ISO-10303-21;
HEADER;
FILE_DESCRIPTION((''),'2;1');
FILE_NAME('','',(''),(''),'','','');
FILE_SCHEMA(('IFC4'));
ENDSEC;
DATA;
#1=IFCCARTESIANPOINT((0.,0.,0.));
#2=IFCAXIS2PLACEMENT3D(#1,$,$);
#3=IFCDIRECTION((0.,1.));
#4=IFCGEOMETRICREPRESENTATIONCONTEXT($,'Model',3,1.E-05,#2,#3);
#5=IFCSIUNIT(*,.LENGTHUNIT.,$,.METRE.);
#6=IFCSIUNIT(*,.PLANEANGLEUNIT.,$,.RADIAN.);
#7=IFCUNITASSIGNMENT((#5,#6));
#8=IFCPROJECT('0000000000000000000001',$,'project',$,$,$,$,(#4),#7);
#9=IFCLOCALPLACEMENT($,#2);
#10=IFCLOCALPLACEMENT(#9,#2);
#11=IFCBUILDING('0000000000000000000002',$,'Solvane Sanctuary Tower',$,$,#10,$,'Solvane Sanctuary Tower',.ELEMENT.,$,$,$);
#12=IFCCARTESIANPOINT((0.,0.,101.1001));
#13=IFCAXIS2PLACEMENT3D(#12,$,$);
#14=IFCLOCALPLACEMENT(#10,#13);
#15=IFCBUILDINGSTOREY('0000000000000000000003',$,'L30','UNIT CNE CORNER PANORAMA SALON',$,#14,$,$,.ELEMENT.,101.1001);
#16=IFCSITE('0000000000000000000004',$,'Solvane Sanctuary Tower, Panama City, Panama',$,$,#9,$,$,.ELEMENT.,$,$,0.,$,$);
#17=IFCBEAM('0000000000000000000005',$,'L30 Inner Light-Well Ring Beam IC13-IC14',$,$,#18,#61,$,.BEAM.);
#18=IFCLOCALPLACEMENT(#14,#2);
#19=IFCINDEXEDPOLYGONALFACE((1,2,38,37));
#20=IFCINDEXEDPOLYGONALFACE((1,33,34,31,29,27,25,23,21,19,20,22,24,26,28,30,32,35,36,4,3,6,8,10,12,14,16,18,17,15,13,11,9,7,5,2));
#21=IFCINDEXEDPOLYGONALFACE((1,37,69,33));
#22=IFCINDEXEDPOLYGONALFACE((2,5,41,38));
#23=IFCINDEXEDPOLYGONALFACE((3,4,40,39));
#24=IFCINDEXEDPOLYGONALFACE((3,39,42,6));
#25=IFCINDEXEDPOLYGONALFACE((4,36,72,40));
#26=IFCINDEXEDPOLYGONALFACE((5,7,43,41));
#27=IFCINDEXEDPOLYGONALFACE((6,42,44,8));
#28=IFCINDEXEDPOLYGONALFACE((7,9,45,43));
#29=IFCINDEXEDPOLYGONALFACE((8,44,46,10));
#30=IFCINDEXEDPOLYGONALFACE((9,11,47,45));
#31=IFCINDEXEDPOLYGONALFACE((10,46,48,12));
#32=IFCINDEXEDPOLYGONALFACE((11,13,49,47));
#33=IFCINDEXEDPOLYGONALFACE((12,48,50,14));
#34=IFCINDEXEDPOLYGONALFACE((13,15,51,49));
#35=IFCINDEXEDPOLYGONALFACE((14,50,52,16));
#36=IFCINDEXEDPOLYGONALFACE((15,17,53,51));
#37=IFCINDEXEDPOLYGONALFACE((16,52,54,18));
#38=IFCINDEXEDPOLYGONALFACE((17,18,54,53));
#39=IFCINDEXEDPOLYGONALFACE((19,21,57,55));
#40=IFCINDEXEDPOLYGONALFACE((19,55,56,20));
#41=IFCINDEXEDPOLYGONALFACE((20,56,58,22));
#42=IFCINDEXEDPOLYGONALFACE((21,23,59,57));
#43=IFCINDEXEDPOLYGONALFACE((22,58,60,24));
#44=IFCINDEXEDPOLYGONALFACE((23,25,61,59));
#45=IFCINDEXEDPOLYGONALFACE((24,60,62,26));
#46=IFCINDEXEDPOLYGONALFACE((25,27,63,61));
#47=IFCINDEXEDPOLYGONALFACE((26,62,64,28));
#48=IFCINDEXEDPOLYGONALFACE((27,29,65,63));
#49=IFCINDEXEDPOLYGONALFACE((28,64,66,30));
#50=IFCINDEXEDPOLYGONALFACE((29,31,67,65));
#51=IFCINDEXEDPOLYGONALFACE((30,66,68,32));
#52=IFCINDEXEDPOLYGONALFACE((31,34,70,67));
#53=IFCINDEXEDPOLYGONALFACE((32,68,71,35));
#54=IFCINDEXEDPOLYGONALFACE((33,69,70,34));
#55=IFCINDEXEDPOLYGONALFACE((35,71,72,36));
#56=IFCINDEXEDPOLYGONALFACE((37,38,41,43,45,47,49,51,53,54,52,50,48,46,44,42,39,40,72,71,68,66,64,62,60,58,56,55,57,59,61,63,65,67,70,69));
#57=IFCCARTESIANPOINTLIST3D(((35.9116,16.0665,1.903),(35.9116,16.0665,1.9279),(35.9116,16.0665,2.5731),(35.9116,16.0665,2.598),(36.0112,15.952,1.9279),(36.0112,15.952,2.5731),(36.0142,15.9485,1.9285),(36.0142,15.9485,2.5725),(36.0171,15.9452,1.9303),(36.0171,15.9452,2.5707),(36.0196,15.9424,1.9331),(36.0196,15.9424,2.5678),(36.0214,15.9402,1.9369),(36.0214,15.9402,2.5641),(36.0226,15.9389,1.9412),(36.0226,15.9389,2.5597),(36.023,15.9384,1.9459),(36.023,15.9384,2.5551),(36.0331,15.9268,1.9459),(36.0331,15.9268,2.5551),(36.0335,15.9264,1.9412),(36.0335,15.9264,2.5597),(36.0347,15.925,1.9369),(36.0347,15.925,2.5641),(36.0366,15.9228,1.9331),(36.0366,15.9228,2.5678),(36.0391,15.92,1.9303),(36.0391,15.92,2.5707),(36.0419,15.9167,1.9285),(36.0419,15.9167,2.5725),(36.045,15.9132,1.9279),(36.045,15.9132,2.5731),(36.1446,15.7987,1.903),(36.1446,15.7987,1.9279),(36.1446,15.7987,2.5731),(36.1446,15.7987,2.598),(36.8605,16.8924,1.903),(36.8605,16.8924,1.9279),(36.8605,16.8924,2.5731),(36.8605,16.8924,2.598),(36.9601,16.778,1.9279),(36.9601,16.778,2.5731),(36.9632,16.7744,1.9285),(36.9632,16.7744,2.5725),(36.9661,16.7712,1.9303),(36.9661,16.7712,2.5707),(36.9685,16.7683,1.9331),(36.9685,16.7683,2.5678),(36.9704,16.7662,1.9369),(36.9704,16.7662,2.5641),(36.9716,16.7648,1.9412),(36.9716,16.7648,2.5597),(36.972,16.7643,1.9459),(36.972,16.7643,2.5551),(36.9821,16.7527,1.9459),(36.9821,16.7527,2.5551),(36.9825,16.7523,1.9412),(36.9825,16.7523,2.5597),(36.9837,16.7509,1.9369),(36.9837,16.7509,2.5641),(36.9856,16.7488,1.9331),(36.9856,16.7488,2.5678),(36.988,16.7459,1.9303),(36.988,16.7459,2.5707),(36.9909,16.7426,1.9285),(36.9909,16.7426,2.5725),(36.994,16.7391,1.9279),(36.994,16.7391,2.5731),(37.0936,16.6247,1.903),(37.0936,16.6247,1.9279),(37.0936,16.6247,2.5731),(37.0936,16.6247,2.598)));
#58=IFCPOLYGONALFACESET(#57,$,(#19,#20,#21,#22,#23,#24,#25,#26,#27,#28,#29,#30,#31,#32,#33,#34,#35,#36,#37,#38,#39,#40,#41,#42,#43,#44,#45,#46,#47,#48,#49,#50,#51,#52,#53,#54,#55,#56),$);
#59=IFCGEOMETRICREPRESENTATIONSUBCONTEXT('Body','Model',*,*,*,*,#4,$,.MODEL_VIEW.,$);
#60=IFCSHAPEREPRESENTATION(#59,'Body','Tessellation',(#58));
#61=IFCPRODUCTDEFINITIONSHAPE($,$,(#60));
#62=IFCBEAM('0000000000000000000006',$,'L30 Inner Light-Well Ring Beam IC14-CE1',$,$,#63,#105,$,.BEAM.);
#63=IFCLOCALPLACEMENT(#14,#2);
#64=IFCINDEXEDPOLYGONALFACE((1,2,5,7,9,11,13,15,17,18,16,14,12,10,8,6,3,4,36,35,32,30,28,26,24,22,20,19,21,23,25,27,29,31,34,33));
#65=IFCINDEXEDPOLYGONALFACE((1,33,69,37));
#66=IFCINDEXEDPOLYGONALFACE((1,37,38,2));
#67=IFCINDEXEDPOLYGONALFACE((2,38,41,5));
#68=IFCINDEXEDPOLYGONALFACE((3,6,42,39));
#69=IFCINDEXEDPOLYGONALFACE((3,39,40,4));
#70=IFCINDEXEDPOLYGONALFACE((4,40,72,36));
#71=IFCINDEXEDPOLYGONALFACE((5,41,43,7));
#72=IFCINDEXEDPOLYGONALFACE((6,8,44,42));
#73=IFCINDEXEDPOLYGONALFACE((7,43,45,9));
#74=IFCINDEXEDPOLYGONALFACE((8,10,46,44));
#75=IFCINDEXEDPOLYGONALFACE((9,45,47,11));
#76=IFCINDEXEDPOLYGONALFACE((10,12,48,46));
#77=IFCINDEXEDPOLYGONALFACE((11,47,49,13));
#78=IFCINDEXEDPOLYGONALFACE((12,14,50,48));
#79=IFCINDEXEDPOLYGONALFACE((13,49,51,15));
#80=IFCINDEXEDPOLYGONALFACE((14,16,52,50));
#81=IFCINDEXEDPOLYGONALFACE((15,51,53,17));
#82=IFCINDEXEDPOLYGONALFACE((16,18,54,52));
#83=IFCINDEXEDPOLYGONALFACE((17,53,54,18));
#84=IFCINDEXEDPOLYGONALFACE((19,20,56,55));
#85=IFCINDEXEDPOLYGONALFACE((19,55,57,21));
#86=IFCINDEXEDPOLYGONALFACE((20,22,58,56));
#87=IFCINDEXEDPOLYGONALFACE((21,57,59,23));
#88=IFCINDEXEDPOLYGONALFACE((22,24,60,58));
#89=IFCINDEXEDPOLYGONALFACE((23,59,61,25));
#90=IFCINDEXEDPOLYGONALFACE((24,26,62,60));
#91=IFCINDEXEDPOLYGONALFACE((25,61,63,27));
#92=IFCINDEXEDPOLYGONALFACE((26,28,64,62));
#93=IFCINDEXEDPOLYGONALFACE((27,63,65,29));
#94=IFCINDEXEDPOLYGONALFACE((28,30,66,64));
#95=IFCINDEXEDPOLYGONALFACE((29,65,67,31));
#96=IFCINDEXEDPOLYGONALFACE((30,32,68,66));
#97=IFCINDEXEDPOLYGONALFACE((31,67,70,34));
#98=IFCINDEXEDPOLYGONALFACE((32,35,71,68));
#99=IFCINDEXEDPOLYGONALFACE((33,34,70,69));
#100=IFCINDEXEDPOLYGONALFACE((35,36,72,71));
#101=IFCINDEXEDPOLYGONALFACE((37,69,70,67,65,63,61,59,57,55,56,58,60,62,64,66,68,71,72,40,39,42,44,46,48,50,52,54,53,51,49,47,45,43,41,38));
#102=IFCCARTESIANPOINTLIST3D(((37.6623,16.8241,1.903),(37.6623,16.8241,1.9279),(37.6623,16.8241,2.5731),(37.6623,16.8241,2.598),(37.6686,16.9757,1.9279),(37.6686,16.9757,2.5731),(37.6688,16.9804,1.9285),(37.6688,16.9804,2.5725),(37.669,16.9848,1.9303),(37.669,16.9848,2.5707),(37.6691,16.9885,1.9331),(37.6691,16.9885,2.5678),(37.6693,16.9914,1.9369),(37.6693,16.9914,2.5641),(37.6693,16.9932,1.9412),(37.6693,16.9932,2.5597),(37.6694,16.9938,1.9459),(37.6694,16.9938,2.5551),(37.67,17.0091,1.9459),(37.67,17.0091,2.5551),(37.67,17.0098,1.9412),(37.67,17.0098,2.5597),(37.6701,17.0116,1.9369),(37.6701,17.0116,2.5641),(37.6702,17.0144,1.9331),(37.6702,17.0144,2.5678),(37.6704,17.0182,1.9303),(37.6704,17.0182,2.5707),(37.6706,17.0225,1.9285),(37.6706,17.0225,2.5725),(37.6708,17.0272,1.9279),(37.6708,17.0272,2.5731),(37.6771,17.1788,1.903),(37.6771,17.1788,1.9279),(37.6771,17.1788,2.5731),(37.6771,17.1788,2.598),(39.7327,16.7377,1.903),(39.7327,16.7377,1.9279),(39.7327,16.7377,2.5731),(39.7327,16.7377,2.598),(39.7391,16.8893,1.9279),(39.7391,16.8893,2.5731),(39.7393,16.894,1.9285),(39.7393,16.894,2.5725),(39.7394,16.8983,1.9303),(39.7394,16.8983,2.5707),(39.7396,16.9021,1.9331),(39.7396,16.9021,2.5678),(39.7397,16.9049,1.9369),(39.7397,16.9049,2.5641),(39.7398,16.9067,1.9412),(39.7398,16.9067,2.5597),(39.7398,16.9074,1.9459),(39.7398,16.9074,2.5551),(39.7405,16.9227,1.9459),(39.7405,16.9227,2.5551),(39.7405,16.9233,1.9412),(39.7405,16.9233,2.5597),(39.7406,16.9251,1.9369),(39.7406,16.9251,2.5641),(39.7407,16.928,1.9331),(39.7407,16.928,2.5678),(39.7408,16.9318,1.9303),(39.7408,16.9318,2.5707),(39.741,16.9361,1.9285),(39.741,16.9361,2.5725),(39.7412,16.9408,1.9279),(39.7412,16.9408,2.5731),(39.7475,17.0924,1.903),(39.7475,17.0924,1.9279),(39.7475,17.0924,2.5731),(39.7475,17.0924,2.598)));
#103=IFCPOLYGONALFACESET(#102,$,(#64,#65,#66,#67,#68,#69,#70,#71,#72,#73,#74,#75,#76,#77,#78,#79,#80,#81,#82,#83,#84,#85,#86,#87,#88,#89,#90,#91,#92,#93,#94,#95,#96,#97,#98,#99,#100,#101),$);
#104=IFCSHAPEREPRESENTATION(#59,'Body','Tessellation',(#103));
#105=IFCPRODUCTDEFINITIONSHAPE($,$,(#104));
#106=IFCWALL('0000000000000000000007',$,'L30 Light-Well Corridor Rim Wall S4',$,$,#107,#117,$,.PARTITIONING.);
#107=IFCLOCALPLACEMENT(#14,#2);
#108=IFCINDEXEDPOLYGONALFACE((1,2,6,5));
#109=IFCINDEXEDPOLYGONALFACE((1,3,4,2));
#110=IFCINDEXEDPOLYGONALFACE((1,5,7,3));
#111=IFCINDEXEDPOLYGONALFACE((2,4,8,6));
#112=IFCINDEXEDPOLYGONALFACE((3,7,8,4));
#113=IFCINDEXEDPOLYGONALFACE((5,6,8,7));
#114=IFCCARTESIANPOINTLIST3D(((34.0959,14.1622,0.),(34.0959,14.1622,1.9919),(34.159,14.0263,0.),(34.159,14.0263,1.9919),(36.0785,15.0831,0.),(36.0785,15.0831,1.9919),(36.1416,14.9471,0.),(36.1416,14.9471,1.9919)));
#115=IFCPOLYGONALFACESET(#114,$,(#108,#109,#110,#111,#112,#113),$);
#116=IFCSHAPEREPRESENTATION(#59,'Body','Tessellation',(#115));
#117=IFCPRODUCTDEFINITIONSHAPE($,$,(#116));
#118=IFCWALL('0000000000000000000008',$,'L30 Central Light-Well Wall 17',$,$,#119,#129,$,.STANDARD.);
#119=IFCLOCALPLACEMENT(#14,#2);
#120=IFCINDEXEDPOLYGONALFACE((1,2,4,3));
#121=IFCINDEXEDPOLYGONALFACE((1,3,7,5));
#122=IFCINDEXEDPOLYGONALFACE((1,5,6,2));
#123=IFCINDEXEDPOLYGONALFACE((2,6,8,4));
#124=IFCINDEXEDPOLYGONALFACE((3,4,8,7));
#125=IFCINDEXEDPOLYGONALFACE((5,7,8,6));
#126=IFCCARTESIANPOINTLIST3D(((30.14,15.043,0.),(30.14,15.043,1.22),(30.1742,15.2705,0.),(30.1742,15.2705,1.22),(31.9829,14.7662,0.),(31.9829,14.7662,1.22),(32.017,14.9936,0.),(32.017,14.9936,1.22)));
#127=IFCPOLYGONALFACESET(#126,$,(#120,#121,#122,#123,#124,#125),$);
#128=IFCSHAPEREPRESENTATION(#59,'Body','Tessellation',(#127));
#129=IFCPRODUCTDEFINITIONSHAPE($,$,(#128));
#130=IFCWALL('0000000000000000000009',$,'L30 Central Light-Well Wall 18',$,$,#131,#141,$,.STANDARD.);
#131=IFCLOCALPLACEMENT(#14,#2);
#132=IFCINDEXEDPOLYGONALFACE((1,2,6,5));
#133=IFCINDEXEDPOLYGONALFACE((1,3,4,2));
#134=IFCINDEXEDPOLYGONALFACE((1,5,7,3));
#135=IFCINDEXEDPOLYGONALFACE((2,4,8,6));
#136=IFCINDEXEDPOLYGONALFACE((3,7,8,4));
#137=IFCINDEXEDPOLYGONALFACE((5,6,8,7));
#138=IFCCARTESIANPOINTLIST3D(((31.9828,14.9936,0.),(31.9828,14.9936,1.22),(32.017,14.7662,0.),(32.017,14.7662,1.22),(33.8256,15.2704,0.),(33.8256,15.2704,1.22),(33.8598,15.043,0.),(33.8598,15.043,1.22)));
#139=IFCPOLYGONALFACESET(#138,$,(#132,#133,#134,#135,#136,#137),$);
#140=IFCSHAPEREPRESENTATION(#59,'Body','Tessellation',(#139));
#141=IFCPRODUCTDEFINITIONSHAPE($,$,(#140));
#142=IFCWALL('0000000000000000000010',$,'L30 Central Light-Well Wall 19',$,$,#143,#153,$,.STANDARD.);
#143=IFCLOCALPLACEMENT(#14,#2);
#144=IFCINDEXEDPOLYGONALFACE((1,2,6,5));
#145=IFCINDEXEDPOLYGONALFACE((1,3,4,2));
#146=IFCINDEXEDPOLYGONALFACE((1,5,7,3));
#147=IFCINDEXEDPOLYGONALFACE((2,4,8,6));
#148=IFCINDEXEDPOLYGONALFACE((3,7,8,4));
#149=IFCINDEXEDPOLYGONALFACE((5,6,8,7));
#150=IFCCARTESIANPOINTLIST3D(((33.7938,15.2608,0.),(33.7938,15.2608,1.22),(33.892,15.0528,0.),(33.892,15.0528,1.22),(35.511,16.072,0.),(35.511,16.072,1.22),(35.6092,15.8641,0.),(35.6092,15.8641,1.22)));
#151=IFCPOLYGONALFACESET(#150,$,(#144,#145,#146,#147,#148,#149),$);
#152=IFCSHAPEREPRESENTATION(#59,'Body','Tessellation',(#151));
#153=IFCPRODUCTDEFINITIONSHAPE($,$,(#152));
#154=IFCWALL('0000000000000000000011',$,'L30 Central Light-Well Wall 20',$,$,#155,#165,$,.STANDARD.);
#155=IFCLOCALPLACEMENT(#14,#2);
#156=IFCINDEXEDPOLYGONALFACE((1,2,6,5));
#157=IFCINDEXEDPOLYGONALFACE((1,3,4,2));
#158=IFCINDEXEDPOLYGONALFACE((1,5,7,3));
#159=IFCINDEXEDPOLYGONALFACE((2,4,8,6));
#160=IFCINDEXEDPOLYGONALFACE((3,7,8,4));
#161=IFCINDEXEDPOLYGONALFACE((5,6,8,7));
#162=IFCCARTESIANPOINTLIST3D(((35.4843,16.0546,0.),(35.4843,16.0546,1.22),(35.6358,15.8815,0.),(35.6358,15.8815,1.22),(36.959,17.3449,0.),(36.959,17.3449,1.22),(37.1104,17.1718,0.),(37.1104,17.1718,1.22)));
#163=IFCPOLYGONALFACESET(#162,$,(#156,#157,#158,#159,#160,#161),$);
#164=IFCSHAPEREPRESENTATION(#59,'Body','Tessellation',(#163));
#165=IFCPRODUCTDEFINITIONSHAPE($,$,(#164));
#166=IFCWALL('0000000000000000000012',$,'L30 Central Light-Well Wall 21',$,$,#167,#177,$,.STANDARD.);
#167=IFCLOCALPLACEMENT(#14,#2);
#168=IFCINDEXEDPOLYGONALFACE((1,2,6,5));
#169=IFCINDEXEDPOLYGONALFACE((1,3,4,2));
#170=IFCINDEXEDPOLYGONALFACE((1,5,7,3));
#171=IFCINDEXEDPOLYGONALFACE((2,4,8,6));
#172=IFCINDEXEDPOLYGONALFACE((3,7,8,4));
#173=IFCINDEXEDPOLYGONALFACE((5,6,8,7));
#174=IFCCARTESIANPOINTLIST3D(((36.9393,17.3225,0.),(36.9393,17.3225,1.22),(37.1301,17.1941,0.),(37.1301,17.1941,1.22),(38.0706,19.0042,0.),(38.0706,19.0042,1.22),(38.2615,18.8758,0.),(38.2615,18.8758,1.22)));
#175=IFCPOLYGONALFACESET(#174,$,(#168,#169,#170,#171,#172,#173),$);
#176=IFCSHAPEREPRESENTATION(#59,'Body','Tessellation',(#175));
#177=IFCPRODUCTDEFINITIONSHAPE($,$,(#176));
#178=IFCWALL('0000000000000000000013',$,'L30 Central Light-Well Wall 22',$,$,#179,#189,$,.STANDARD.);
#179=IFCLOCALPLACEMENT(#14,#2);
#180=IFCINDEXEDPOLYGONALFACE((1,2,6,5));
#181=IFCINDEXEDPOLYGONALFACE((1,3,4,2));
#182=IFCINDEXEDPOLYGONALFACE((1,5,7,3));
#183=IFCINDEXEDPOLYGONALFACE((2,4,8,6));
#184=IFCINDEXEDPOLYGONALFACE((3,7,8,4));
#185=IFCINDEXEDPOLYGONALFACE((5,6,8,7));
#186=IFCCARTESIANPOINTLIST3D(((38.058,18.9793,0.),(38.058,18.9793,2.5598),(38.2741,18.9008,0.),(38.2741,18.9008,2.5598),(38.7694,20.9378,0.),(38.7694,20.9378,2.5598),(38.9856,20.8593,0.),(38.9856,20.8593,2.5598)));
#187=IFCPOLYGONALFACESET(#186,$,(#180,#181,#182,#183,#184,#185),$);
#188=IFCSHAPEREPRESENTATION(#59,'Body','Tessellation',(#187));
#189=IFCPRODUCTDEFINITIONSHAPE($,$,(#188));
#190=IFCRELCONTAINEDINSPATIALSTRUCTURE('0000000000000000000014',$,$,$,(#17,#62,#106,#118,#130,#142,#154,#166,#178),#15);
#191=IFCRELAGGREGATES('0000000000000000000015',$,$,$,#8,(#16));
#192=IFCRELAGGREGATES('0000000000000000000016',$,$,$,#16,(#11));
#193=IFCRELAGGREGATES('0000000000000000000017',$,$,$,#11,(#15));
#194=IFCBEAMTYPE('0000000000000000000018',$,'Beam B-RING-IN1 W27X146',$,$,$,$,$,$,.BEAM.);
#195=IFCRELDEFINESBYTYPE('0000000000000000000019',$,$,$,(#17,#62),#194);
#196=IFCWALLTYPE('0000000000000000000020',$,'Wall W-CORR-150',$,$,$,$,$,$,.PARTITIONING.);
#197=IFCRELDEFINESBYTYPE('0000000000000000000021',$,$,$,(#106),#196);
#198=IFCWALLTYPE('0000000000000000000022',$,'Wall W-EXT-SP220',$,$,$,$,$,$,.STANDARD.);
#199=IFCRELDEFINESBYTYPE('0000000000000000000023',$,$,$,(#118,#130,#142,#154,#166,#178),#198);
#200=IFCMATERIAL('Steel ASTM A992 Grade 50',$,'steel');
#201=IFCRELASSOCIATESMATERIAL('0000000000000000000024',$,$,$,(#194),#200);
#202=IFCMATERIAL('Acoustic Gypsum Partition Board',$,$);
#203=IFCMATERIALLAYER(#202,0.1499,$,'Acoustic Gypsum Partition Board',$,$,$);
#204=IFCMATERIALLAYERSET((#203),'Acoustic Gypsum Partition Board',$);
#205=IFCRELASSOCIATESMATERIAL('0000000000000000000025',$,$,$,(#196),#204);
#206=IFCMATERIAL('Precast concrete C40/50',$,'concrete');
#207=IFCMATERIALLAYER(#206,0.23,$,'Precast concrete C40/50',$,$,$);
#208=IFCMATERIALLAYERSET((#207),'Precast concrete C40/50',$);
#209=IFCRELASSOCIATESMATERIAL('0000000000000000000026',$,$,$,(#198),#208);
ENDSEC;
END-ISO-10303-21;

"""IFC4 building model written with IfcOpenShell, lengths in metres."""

from ifc_helpers import new_model, si_unit, direction, frame, frame_2d, origin, origin_2d, place, context, subcontext, project, spatial, rectangle, i_section, extrude, material, layer, layer_set, material_profile, profile_set, type_object, element, save


model = new_model("IFC4")

# Units and contexts
model_context = context("Model", 3, precision=1e-05, world=origin(), true_north=direction((0.0, 1.0)))
body_context = subcontext(model_context, "Body", "Model", "MODEL_VIEW")
ifc_project = project(units=[si_unit("LENGTHUNIT", "METRE"), si_unit("PLANEANGLEUNIT", "RADIAN")], contexts=[model_context])

# Site, building, storey
site_placement = place(None, origin())
site = spatial("IfcSite", under=ifc_project, at=site_placement, Name="Solvane Sanctuary Tower, Panama City, Panama", CompositionType="ELEMENT", RefElevation=0.0)
building_placement = place(site_placement, origin())
building = spatial("IfcBuilding", under=site, at=building_placement, Name="Solvane Sanctuary Tower", LongName="Solvane Sanctuary Tower", CompositionType="ELEMENT")
storey_placement = place(building_placement, frame((0.0, 0.0, 101.1001)))
storey = spatial("IfcBuildingStorey", under=building, at=storey_placement, Name="L30", Description="UNIT CNE CORNER PANORAMA SALON", CompositionType="ELEMENT", Elevation=101.1001)

# Beams
ifc_material_1 = material(Name="Steel ASTM A992 Grade 50", Category="steel")
ifc_material_profile_1 = material_profile(ifc_material_1, i_section(OverallWidth=0.355, OverallDepth=0.6951, WebThickness=0.0154, FlangeThickness=0.0249, FilletRadius=0.0181, at=origin_2d()), Name="W27X146")
ifc_profile_set_1 = profile_set([ifc_material_profile_1], Name="Steel ASTM A992 Grade 50")
beam_type_1 = type_object("IfcBeamType", Name="Beam B-RING-IN1 W27X146", PredefinedType="BEAM", material=ifc_profile_set_1)
beam_1_placement = place(storey_placement, frame((36.0281, 15.9326, 2.2505), z_axis=(0.754317, 0.65651, 0.0), x_axis=(-0.65651, 0.754317, 0.0)))
element("IfcBeam", 1, at=beam_1_placement, inside=storey, type_object=beam_type_1, Name="L30 Inner Light-Well Ring Beam IC13-IC14", PredefinedType="BEAM", context=body_context, shape_type="SweptSolid", body=[
    extrude(i_section(OverallWidth=0.355, OverallDepth=0.6951, WebThickness=0.0154, FlangeThickness=0.0249, FilletRadius=0.0181, at=origin_2d()), origin(), (0.0, 0.0, 1.0), 1.2581),
])
beam_2_placement = place(storey_placement, frame((37.6697, 17.0015, 2.2505), z_axis=(0.99913, -0.041704, 0.0), x_axis=(0.041704, 0.99913, 0.0)))
element("IfcBeam", 2, at=beam_2_placement, inside=storey, type_object=beam_type_1, Name="L30 Inner Light-Well Ring Beam IC14-CE1", PredefinedType="BEAM", context=body_context, shape_type="SweptSolid", body=[
    extrude(i_section(OverallWidth=0.355, OverallDepth=0.6951, WebThickness=0.0154, FlangeThickness=0.0249, FilletRadius=0.0181, at=origin_2d()), origin(), (0.0, 0.0, 1.0), 2.0723),
])

# Walls
ifc_material_2 = material(Name="Acoustic Gypsum Partition Board")
ifc_layer_1 = layer(ifc_material_2, 0.1499, Name="Acoustic Gypsum Partition Board")
ifc_layer_set_1 = layer_set([ifc_layer_1], Name="Acoustic Gypsum Partition Board")
wall_type_1 = type_object("IfcWallType", Name="Wall W-CORR-150", PredefinedType="PARTITIONING", material=ifc_layer_set_1)
wall_1_placement = place(storey_placement, frame((34.1274, 14.0942, 0.0), z_axis=(0.0, 0.0, 1.0), x_axis=(0.906943, 0.421252, 0.0)))
element("IfcWall", 3, at=wall_1_placement, inside=storey, type_object=wall_type_1, Name="L30 Light-Well Corridor Rim Wall S4", PredefinedType="PARTITIONING", context=body_context, shape_type="SweptSolid", body=[
    extrude(rectangle(XDim=2.186, YDim=0.1499, at=frame_2d((1.093, 0.0))), origin(), (0.0, 0.0, 1.0), 1.9919),
])
ifc_material_3 = material(Name="Precast concrete C40/50", Category="concrete")
ifc_layer_2 = layer(ifc_material_3, 0.23, Name="Precast concrete C40/50")
ifc_layer_set_2 = layer_set([ifc_layer_2], Name="Precast concrete C40/50")
wall_type_2 = type_object("IfcWallType", Name="Wall W-EXT-SP220", PredefinedType="STANDARD", material=ifc_layer_set_2)
for number, where, z_axis, x_axis, name in (
    (4, (30.1572, 15.1567, 0.0), (0.0, 0.0, 1.0), (0.988902, -0.148571, 0.0), "L30 Central Light-Well Wall 17"),
    (5, (32.0, 14.8799, 0.0), (0.0, 0.0, 1.0), (0.988902, 0.148571, 0.0), "L30 Central Light-Well Wall 18"),
):
    element("IfcWall", number, at=place(storey_placement, frame(where, z_axis=z_axis, x_axis=x_axis)), inside=storey, type_object=wall_type_2, Name=name, PredefinedType="STANDARD", context=body_context, shape_type="SweptSolid", body=[
        extrude(rectangle(XDim=1.8635, YDim=0.23, at=frame_2d((0.9316, 0.0))), origin(), (0.0, 0.0, 1.0), 1.22),
    ])
wall_2_placement = place(storey_placement, frame((33.8428, 15.1567, 0.0), z_axis=(0.0, 0.0, 1.0), x_axis=(0.90418, 0.427152, 0.0)))
element("IfcWall", 6, at=wall_2_placement, inside=storey, type_object=wall_type_2, Name="L30 Central Light-Well Wall 19", PredefinedType="STANDARD", context=body_context, shape_type="SweptSolid", body=[
    extrude(rectangle(XDim=1.8992, YDim=0.23, at=frame_2d((0.9497, 0.0))), origin(), (0.0, 0.0, 1.0), 1.22),
])
wall_3_placement = place(storey_placement, frame((35.5601, 15.968, 0.0), z_axis=(0.0, 0.0, 1.0), x_axis=(0.752577, 0.658505, 0.0)))
element("IfcWall", 7, at=wall_3_placement, inside=storey, type_object=wall_type_2, Name="L30 Central Light-Well Wall 20", PredefinedType="STANDARD", context=body_context, shape_type="SweptSolid", body=[
    extrude(rectangle(XDim=1.9595, YDim=0.23, at=frame_2d((0.9797, 0.0))), origin(), (0.0, 0.0, 1.0), 1.22),
])
wall_4_placement = place(storey_placement, frame((37.0347, 17.2583, 0.0), z_axis=(0.0, 0.0, 1.0), x_axis=(0.558198, 0.829708, 0.0)))
element("IfcWall", 8, at=wall_4_placement, inside=storey, type_object=wall_type_2, Name="L30 Central Light-Well Wall 21", PredefinedType="STANDARD", context=body_context, shape_type="SweptSolid", body=[
    extrude(rectangle(XDim=2.0269, YDim=0.23, at=frame_2d((1.0134, 0.0))), origin(), (0.0, 0.0, 1.0), 1.22),
])
wall_5_placement = place(storey_placement, frame((38.166, 18.9399, 0.0), z_axis=(0.0, 0.0, 1.0), x_axis=(0.341423, 0.93991, 0.0)))
element("IfcWall", 9, at=wall_5_placement, inside=storey, type_object=wall_type_2, Name="L30 Central Light-Well Wall 22", PredefinedType="STANDARD", context=body_context, shape_type="SweptSolid", body=[
    extrude(rectangle(XDim=2.0837, YDim=0.23, at=frame_2d((1.042, 0.0))), origin(), (0.0, 0.0, 1.0), 2.5598),
])

save(model, "model.ifc")
